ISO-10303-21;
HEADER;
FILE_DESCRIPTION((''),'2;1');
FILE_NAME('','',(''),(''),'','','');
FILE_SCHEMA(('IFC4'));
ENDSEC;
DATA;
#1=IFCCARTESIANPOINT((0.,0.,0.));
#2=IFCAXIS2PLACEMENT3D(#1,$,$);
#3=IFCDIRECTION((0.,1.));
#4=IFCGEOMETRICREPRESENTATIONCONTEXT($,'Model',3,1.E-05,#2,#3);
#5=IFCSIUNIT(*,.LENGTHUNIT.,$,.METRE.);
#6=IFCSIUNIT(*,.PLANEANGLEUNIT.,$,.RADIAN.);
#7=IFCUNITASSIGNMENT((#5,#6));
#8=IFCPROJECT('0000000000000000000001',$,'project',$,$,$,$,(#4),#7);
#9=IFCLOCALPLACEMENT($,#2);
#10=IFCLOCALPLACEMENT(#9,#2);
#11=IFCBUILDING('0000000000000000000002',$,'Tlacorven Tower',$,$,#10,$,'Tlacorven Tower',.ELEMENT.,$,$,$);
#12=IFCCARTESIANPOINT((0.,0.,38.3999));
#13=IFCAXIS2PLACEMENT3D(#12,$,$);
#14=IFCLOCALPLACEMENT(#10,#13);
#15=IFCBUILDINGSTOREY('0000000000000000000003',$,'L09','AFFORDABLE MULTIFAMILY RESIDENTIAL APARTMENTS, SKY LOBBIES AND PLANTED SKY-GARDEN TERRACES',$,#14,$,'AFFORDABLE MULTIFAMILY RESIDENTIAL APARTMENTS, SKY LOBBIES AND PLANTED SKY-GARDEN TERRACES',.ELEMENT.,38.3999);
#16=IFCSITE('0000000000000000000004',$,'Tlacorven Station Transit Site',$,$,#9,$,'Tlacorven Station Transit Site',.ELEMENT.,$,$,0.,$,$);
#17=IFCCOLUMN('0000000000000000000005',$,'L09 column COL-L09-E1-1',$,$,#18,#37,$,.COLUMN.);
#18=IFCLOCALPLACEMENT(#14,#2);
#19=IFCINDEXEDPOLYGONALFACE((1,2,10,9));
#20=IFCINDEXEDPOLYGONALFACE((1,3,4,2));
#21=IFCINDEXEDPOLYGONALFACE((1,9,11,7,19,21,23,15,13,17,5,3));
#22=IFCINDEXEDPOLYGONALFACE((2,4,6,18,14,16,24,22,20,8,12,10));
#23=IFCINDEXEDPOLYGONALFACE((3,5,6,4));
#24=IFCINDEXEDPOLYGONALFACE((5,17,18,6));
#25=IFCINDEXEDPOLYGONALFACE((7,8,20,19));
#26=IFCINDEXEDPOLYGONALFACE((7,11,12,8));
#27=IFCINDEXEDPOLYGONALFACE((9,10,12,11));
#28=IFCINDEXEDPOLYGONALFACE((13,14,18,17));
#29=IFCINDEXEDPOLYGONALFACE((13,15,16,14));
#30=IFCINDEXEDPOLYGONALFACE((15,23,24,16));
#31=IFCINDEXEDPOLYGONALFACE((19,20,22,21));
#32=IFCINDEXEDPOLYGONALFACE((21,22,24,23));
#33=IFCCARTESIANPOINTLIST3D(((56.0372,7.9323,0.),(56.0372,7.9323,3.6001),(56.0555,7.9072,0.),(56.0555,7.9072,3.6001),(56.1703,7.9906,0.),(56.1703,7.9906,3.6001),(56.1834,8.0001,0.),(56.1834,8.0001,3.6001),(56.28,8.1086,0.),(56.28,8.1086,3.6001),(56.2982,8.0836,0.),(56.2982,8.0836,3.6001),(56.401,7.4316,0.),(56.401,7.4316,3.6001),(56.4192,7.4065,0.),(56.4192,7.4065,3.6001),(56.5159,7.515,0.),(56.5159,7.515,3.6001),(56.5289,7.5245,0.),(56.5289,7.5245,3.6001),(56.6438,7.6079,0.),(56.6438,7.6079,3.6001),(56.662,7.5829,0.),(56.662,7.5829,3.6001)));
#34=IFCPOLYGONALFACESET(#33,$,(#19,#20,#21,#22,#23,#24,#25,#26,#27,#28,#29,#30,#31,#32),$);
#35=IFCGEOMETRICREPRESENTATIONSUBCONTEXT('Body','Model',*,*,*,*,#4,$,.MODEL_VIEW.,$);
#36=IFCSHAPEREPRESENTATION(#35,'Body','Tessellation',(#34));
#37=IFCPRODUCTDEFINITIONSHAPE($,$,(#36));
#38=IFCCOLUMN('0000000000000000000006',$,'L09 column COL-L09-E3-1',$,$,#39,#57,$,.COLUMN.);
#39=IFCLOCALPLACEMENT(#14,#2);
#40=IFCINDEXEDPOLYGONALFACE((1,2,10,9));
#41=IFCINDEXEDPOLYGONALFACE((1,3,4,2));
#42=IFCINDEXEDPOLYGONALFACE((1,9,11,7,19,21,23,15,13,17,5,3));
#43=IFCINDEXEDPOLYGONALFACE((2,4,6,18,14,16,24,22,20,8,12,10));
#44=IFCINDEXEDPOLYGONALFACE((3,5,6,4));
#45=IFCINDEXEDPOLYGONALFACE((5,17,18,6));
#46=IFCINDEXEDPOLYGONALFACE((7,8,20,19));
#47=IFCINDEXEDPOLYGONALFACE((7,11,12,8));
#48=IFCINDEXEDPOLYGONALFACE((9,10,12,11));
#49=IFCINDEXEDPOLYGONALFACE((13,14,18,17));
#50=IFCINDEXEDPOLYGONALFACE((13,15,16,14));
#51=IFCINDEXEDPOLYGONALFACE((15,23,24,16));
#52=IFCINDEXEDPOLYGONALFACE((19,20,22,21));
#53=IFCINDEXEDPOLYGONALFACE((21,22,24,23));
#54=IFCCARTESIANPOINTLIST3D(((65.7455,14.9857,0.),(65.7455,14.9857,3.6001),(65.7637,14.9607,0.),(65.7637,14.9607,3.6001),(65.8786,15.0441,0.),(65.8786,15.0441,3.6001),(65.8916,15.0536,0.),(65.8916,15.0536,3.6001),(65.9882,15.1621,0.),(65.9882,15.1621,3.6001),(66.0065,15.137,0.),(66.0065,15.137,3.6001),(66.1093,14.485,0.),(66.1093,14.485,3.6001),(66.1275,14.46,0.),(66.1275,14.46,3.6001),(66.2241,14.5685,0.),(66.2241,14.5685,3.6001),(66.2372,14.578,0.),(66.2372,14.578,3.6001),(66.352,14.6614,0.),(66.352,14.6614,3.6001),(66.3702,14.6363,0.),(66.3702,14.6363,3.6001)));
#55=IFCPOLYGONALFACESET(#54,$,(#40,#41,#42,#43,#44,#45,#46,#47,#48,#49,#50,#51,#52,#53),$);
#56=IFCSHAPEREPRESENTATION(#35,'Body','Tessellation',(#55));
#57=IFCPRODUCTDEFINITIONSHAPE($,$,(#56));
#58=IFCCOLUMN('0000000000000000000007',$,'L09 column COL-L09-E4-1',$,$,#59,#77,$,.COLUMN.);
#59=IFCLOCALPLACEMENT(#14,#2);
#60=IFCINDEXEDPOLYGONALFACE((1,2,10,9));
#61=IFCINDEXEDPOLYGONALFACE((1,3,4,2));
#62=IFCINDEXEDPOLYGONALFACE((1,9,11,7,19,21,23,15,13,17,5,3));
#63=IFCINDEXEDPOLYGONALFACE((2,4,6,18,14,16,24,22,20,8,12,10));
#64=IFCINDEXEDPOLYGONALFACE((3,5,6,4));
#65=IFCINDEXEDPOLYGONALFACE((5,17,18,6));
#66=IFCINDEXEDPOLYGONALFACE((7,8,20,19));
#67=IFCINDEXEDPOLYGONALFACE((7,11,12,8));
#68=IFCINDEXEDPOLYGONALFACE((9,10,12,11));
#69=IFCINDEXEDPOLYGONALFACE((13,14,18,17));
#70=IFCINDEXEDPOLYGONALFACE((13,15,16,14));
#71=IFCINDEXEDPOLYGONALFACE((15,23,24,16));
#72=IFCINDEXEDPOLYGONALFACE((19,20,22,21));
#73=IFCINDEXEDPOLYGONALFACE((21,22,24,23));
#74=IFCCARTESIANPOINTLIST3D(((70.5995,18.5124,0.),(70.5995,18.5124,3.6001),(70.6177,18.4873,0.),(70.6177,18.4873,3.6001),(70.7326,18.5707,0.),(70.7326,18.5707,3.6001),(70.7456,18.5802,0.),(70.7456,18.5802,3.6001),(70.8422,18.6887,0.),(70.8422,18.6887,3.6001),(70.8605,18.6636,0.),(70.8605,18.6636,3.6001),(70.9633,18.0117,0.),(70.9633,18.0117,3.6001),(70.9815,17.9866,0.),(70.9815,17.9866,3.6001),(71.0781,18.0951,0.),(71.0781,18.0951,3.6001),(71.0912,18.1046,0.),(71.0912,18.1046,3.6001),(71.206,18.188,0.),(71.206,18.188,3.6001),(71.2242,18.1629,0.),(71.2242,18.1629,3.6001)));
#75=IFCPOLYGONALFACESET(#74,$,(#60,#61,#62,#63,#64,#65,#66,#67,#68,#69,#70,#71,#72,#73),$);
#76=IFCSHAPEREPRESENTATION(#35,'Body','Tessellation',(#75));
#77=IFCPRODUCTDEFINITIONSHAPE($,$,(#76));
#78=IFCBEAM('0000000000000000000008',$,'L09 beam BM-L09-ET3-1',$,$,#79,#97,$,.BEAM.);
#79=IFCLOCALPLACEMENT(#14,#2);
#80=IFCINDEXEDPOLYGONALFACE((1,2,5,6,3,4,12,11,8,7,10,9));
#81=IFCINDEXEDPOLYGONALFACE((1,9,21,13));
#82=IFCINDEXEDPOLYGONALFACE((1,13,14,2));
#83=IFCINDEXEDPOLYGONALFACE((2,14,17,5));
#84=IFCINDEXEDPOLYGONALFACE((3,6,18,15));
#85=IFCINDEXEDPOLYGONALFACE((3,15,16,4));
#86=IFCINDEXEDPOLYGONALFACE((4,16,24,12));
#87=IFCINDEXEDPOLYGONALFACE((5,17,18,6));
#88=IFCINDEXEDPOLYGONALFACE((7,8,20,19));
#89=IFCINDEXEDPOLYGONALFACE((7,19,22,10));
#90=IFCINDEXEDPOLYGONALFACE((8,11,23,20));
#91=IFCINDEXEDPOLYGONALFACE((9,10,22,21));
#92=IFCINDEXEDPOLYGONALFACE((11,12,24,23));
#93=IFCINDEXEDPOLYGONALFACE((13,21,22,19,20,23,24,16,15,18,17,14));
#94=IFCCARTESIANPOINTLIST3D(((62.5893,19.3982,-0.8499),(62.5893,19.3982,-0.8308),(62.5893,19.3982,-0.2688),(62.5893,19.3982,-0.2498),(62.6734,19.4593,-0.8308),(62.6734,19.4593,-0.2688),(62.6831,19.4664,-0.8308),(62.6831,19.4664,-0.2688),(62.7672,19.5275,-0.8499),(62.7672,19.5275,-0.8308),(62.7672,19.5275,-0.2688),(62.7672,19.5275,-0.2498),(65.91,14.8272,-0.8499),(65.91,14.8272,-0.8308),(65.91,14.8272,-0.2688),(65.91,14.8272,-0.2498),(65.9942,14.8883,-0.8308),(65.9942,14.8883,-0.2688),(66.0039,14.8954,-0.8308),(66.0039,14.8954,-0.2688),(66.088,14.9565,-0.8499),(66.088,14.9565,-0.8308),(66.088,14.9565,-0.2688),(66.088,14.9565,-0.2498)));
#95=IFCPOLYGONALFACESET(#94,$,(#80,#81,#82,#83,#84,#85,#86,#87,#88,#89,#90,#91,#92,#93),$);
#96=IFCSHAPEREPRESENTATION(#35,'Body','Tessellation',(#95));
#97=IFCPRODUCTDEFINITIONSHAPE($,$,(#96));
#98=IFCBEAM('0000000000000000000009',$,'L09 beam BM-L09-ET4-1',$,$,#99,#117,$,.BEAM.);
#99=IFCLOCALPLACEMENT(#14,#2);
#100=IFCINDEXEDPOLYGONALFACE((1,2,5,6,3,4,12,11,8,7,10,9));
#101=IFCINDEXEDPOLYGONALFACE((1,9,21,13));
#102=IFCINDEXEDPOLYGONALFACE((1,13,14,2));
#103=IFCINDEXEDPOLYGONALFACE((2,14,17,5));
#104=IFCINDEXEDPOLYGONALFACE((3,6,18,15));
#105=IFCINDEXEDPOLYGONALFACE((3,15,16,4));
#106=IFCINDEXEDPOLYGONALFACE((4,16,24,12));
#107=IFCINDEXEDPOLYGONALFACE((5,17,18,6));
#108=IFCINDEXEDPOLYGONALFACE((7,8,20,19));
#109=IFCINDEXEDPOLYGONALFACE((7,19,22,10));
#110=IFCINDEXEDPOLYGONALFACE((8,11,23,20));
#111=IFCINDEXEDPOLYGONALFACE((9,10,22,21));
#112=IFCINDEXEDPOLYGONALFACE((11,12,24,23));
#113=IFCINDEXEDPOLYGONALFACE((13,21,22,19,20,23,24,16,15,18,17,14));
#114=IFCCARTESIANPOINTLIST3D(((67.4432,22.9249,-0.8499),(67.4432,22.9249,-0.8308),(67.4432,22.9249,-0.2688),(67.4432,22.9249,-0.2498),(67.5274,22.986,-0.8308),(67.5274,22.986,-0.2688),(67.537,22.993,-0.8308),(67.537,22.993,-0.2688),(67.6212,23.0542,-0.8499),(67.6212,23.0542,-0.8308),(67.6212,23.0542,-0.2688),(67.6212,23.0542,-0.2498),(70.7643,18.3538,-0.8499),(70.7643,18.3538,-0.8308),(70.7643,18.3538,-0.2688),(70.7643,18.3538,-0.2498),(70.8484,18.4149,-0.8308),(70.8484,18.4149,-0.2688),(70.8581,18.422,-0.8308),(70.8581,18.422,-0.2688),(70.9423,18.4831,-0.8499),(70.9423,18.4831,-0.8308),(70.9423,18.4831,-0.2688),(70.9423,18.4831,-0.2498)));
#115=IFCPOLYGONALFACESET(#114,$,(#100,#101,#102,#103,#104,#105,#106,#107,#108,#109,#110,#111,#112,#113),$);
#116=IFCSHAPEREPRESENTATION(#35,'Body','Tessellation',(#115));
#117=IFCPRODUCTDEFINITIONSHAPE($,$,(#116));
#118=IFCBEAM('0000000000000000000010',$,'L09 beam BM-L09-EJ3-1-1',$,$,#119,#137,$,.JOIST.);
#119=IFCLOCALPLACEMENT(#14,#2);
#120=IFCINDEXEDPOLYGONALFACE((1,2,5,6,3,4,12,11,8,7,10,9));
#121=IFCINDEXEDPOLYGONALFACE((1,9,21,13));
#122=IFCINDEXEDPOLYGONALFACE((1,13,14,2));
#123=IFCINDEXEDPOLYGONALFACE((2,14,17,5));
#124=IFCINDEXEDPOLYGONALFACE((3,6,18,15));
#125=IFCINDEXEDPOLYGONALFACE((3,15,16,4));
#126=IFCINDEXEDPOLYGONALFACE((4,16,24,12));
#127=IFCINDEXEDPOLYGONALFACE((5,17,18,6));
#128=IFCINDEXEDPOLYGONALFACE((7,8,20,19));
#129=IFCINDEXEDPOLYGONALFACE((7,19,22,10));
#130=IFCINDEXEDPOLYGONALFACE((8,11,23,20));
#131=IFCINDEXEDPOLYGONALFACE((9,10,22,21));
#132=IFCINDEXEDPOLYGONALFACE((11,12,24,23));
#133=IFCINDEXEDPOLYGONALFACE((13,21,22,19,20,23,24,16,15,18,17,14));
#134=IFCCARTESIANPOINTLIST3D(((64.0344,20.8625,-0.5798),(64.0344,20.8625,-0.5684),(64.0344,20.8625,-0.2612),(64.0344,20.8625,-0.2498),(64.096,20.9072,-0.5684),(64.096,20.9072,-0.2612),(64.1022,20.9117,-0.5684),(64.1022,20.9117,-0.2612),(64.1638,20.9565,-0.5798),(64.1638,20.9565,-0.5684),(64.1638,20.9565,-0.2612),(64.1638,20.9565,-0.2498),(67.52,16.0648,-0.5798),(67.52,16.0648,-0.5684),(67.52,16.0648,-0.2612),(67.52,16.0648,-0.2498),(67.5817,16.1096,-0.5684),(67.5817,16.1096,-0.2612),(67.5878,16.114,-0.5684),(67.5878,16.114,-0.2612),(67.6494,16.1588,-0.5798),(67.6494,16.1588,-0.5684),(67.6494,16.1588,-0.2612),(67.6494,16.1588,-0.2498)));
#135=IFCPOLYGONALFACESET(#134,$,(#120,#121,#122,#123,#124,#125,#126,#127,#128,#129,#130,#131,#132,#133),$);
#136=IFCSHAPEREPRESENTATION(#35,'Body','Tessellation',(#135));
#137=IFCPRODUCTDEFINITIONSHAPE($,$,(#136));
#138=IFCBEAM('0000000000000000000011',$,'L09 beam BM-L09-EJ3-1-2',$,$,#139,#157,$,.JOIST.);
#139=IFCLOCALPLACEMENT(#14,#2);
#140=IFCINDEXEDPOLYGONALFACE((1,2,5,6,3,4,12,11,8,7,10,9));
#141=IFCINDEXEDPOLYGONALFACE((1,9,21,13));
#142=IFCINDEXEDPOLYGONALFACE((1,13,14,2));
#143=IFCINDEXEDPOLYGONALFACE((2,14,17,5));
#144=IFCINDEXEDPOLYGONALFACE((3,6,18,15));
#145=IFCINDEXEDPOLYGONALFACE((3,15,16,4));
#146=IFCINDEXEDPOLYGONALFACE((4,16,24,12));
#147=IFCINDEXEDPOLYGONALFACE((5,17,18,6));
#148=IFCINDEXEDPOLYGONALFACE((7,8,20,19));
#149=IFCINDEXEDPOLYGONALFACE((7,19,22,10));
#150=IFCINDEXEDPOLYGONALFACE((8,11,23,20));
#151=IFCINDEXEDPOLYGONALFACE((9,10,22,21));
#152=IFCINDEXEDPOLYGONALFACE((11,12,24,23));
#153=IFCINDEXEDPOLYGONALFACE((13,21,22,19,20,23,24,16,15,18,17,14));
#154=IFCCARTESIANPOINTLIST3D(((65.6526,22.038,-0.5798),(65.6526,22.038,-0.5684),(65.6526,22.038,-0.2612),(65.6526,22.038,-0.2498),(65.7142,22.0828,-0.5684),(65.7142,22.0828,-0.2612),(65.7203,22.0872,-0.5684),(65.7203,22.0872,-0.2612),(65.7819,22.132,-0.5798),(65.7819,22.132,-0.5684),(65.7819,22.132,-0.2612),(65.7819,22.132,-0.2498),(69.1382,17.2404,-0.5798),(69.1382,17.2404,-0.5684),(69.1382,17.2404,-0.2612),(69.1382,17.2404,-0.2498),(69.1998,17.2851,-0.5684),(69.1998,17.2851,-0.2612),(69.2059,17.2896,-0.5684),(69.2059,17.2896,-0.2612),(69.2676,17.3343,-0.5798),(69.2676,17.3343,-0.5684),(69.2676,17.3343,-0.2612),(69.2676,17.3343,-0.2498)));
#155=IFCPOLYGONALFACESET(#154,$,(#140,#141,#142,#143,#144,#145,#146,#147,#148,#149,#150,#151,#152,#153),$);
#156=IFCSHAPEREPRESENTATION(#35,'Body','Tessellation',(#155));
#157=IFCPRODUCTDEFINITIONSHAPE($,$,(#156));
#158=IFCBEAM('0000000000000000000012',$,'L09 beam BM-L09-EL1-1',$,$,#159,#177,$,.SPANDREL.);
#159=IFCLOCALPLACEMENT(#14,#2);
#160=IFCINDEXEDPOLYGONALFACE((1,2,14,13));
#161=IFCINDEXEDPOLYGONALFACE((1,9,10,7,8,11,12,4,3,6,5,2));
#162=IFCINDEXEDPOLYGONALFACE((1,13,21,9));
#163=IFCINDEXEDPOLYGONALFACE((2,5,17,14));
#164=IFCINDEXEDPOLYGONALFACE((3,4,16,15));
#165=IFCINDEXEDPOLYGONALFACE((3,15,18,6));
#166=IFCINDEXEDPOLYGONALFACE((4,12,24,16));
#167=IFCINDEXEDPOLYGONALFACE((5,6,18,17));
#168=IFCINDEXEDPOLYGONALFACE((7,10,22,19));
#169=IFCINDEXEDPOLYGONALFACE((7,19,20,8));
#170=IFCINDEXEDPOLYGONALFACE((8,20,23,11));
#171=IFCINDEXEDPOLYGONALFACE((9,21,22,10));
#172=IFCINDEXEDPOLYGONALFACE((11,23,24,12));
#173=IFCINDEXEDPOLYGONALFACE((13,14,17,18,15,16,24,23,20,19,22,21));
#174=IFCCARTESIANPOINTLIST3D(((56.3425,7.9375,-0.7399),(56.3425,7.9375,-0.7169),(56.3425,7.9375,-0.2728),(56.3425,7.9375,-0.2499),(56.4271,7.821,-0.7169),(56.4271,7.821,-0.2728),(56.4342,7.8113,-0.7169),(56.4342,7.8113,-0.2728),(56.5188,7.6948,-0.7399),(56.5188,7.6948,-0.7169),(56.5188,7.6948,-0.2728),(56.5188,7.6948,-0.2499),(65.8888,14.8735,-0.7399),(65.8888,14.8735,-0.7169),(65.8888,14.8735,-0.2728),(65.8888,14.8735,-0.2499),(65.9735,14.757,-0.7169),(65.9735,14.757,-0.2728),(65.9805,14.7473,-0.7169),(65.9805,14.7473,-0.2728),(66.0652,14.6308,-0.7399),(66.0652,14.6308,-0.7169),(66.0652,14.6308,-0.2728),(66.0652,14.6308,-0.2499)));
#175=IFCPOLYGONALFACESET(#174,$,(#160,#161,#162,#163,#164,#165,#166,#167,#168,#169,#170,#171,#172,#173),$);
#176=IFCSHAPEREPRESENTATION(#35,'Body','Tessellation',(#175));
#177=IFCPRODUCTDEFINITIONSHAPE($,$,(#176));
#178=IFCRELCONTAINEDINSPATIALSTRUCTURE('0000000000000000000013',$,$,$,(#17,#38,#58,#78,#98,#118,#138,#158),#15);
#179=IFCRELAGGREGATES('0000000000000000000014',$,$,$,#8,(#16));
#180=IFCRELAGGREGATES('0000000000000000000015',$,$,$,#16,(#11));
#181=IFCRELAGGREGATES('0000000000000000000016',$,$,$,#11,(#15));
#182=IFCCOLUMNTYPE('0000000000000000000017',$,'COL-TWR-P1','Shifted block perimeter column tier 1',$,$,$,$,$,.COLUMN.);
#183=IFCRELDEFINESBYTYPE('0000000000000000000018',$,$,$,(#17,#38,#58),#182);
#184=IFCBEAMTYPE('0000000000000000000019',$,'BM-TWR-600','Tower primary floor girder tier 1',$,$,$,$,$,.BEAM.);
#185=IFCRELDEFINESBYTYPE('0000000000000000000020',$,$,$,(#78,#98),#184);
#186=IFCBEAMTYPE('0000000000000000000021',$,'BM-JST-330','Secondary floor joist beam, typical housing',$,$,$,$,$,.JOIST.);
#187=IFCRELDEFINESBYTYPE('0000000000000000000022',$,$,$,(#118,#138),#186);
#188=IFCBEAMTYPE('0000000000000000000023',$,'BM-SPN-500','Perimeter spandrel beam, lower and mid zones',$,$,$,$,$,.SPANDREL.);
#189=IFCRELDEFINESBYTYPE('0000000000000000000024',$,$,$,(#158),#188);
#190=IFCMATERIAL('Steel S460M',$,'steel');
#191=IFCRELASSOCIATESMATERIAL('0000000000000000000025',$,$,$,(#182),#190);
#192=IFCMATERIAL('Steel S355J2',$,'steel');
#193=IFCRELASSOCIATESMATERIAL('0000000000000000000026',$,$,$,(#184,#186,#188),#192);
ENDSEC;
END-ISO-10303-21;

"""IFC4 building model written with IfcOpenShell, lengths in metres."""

from ifc_helpers import new_model, si_unit, direction, frame, origin, origin_2d, place, context, subcontext, project, spatial, i_section, extrude, source, transform, mapped, material, material_profile, profile_set, type_object, element, save


model = new_model("IFC4")

# Units and contexts
model_context = context("Model", 3, precision=1e-05, world=origin(), true_north=direction((0.0, 1.0)))
body_context = subcontext(model_context, "Body", "Model", "MODEL_VIEW")
ifc_project = project(units=[si_unit("LENGTHUNIT", "METRE"), si_unit("PLANEANGLEUNIT", "RADIAN")], contexts=[model_context])

# Site, building, storey
site_placement = place(None, origin())
site = spatial("IfcSite", under=ifc_project, at=site_placement, Name="Tlacorven Station Transit Site", LongName="Tlacorven Station Transit Site", CompositionType="ELEMENT", RefElevation=0.0)
building_placement = place(site_placement, origin())
building = spatial("IfcBuilding", under=site, at=building_placement, Name="Tlacorven Tower", LongName="Tlacorven Tower", CompositionType="ELEMENT")
storey_placement = place(building_placement, frame((0.0, 0.0, 38.3999)))
storey = spatial("IfcBuildingStorey", under=building, at=storey_placement, Name="L09", Description="AFFORDABLE MULTIFAMILY RESIDENTIAL APARTMENTS, SKY LOBBIES AND PLANTED SKY-GARDEN TERRACES", LongName="AFFORDABLE MULTIFAMILY RESIDENTIAL APARTMENTS, SKY LOBBIES AND PLANTED SKY-GARDEN TERRACES", CompositionType="ELEMENT", Elevation=38.3999)

# Columns
ifc_material_1 = material(Name="Steel S460M", Category="steel")
ifc_material_profile_1 = material_profile(ifc_material_1, i_section(OverallWidth=0.3, OverallDepth=0.6499, WebThickness=0.0161, FlangeThickness=0.031, at=origin_2d()), Name="HEB 650")
ifc_profile_set_1 = profile_set([ifc_material_profile_1], Name="Steel S460M")
column_type = type_object("IfcColumnType", Name="COL-TWR-P1", Description="Shifted block perimeter column tier 1", PredefinedType="COLUMN", material=ifc_profile_set_1)
shared_shape_1 = source(origin(), body_context, "Body", "SweptSolid", [
    extrude(i_section(OverallWidth=0.3, OverallDepth=0.6499, WebThickness=0.0161, FlangeThickness=0.031, at=origin_2d()), origin(), (0.0, 0.0, 1.0), 3.6001),
])
for number, where, z_axis, x_axis, name in (
    (1, (56.3496, 7.7576, 0.0), (0.0, 0.0, 1.0), (0.809017, 0.587785, 0.0), "L09 column COL-L09-E1-1"),
    (2, (66.0579, 14.811, 0.0), (0.0, 0.0, 1.0), (0.809017, 0.587785, 0.0), "L09 column COL-L09-E3-1"),
    (3, (70.9119, 18.3376, 0.0), (0.0, 0.0, 1.0), (0.809017, 0.587785, 0.0), "L09 column COL-L09-E4-1"),
):
    element("IfcColumn", number, at=place(storey_placement, frame(where, z_axis=z_axis, x_axis=x_axis)), inside=storey, type_object=column_type, Name=name, PredefinedType="COLUMN", context=body_context, shape_type="MappedRepresentation", body=[
        mapped(shared_shape_1, transform((0.0, 0.0, 0.0), scale=1.0)),
    ])

# Beams
ifc_material_2 = material(Name="Steel S355J2", Category="steel")
ifc_material_profile_2 = material_profile(ifc_material_2, i_section(OverallWidth=0.22, OverallDepth=0.6001, WebThickness=0.012, FlangeThickness=0.019, at=origin_2d()), Name="IPE 600")
ifc_profile_set_2 = profile_set([ifc_material_profile_2], Name="Steel S355J2")
beam_type_1 = type_object("IfcBeamType", Name="BM-TWR-600", Description="Tower primary floor girder tier 1", PredefinedType="BEAM", material=ifc_profile_set_2)
shared_shape_2 = source(origin(), body_context, "Body", "SweptSolid", [
    extrude(i_section(OverallWidth=0.22, OverallDepth=0.6001, WebThickness=0.012, FlangeThickness=0.019, at=origin_2d()), origin(), (0.0, 0.0, 1.0), 5.6499),
])
beam_1_placement = place(storey_placement, frame((65.999, 14.8918, -0.5498), z_axis=(-0.587755, 0.809039, 0.0), x_axis=(-0.809039, -0.587755, 0.0)))
element("IfcBeam", 4, at=beam_1_placement, inside=storey, type_object=beam_type_1, Name="L09 beam BM-L09-ET3-1", PredefinedType="BEAM", context=body_context, shape_type="MappedRepresentation", body=[
    mapped(shared_shape_2, transform((0.0, 0.0, 0.0), scale=1.0)),
])
shared_shape_3 = source(origin(), body_context, "Body", "SweptSolid", [
    extrude(i_section(OverallWidth=0.22, OverallDepth=0.6001, WebThickness=0.012, FlangeThickness=0.019, at=origin_2d()), origin(), (0.0, 0.0, 1.0), 5.6501),
])
beam_2_placement = place(storey_placement, frame((70.8533, 18.4185, -0.5498), z_axis=(-0.587784, 0.809018, 0.0), x_axis=(-0.809018, -0.587784, 0.0)))
element("IfcBeam", 5, at=beam_2_placement, inside=storey, type_object=beam_type_1, Name="L09 beam BM-L09-ET4-1", PredefinedType="BEAM", context=body_context, shape_type="MappedRepresentation", body=[
    mapped(shared_shape_3, transform((0.0, 0.0, 0.0), scale=1.0)),
])
ifc_material_profile_3 = material_profile(ifc_material_2, i_section(OverallWidth=0.1599, OverallDepth=0.3301, WebThickness=0.0076, FlangeThickness=0.0115, at=origin_2d()), Name="IPE 330")
ifc_profile_set_3 = profile_set([ifc_material_profile_3], Name="Steel S355J2")
beam_type_2 = type_object("IfcBeamType", Name="BM-JST-330", Description="Secondary floor joist beam, typical housing", PredefinedType="JOIST", material=ifc_profile_set_3)
shared_shape_4 = source(origin(), body_context, "Body", "SweptSolid", [
    extrude(i_section(OverallWidth=0.1599, OverallDepth=0.3301, WebThickness=0.0076, FlangeThickness=0.0115, at=origin_2d()), origin(), (0.0, 0.0, 1.0), 5.9302),
])
for number, where, z_axis, x_axis, name in (
    (6, (67.5847, 16.1118, -0.4148), (-0.587778, 0.809023, 0.0), (-0.809023, -0.587778, 0.0), "L09 beam BM-L09-EJ3-1-1"),
    (7, (69.2029, 17.2874, -0.4148), (-0.587778, 0.809023, 0.0), (-0.809023, -0.587778, 0.0), "L09 beam BM-L09-EJ3-1-2"),
):
    element("IfcBeam", number, at=place(storey_placement, frame(where, z_axis=z_axis, x_axis=x_axis)), inside=storey, type_object=beam_type_2, Name=name, PredefinedType="JOIST", context=body_context, shape_type="MappedRepresentation", body=[
        mapped(shared_shape_4, transform((0.0, 0.0, 0.0), scale=1.0)),
    ])
ifc_material_profile_4 = material_profile(ifc_material_2, i_section(OverallWidth=0.3, OverallDepth=0.49, WebThickness=0.012, FlangeThickness=0.0229, at=origin_2d()), Name="HEA 500")
ifc_profile_set_4 = profile_set([ifc_material_profile_4], Name="Steel S355J2")
beam_type_3 = type_object("IfcBeamType", Name="BM-SPN-500", Description="Perimeter spandrel beam, lower and mid zones", PredefinedType="SPANDREL", material=ifc_profile_set_4)
shared_shape_5 = source(origin(), body_context, "Body", "SweptSolid", [
    extrude(i_section(OverallWidth=0.3, OverallDepth=0.49, WebThickness=0.012, FlangeThickness=0.0229, at=origin_2d()), origin(), (0.0, 0.0, 1.0), 11.8),
])
beam_3_placement = place(storey_placement, frame((56.4307, 7.8162, -0.4949), z_axis=(0.80901, 0.587795, 0.0), x_axis=(-0.587795, 0.80901, 0.0)))
element("IfcBeam", 8, at=beam_3_placement, inside=storey, type_object=beam_type_3, Name="L09 beam BM-L09-EL1-1", PredefinedType="SPANDREL", context=body_context, shape_type="MappedRepresentation", body=[
    mapped(shared_shape_5, transform((0.0, 0.0, 0.0), scale=1.0)),
])

save(model, "model.ifc")
